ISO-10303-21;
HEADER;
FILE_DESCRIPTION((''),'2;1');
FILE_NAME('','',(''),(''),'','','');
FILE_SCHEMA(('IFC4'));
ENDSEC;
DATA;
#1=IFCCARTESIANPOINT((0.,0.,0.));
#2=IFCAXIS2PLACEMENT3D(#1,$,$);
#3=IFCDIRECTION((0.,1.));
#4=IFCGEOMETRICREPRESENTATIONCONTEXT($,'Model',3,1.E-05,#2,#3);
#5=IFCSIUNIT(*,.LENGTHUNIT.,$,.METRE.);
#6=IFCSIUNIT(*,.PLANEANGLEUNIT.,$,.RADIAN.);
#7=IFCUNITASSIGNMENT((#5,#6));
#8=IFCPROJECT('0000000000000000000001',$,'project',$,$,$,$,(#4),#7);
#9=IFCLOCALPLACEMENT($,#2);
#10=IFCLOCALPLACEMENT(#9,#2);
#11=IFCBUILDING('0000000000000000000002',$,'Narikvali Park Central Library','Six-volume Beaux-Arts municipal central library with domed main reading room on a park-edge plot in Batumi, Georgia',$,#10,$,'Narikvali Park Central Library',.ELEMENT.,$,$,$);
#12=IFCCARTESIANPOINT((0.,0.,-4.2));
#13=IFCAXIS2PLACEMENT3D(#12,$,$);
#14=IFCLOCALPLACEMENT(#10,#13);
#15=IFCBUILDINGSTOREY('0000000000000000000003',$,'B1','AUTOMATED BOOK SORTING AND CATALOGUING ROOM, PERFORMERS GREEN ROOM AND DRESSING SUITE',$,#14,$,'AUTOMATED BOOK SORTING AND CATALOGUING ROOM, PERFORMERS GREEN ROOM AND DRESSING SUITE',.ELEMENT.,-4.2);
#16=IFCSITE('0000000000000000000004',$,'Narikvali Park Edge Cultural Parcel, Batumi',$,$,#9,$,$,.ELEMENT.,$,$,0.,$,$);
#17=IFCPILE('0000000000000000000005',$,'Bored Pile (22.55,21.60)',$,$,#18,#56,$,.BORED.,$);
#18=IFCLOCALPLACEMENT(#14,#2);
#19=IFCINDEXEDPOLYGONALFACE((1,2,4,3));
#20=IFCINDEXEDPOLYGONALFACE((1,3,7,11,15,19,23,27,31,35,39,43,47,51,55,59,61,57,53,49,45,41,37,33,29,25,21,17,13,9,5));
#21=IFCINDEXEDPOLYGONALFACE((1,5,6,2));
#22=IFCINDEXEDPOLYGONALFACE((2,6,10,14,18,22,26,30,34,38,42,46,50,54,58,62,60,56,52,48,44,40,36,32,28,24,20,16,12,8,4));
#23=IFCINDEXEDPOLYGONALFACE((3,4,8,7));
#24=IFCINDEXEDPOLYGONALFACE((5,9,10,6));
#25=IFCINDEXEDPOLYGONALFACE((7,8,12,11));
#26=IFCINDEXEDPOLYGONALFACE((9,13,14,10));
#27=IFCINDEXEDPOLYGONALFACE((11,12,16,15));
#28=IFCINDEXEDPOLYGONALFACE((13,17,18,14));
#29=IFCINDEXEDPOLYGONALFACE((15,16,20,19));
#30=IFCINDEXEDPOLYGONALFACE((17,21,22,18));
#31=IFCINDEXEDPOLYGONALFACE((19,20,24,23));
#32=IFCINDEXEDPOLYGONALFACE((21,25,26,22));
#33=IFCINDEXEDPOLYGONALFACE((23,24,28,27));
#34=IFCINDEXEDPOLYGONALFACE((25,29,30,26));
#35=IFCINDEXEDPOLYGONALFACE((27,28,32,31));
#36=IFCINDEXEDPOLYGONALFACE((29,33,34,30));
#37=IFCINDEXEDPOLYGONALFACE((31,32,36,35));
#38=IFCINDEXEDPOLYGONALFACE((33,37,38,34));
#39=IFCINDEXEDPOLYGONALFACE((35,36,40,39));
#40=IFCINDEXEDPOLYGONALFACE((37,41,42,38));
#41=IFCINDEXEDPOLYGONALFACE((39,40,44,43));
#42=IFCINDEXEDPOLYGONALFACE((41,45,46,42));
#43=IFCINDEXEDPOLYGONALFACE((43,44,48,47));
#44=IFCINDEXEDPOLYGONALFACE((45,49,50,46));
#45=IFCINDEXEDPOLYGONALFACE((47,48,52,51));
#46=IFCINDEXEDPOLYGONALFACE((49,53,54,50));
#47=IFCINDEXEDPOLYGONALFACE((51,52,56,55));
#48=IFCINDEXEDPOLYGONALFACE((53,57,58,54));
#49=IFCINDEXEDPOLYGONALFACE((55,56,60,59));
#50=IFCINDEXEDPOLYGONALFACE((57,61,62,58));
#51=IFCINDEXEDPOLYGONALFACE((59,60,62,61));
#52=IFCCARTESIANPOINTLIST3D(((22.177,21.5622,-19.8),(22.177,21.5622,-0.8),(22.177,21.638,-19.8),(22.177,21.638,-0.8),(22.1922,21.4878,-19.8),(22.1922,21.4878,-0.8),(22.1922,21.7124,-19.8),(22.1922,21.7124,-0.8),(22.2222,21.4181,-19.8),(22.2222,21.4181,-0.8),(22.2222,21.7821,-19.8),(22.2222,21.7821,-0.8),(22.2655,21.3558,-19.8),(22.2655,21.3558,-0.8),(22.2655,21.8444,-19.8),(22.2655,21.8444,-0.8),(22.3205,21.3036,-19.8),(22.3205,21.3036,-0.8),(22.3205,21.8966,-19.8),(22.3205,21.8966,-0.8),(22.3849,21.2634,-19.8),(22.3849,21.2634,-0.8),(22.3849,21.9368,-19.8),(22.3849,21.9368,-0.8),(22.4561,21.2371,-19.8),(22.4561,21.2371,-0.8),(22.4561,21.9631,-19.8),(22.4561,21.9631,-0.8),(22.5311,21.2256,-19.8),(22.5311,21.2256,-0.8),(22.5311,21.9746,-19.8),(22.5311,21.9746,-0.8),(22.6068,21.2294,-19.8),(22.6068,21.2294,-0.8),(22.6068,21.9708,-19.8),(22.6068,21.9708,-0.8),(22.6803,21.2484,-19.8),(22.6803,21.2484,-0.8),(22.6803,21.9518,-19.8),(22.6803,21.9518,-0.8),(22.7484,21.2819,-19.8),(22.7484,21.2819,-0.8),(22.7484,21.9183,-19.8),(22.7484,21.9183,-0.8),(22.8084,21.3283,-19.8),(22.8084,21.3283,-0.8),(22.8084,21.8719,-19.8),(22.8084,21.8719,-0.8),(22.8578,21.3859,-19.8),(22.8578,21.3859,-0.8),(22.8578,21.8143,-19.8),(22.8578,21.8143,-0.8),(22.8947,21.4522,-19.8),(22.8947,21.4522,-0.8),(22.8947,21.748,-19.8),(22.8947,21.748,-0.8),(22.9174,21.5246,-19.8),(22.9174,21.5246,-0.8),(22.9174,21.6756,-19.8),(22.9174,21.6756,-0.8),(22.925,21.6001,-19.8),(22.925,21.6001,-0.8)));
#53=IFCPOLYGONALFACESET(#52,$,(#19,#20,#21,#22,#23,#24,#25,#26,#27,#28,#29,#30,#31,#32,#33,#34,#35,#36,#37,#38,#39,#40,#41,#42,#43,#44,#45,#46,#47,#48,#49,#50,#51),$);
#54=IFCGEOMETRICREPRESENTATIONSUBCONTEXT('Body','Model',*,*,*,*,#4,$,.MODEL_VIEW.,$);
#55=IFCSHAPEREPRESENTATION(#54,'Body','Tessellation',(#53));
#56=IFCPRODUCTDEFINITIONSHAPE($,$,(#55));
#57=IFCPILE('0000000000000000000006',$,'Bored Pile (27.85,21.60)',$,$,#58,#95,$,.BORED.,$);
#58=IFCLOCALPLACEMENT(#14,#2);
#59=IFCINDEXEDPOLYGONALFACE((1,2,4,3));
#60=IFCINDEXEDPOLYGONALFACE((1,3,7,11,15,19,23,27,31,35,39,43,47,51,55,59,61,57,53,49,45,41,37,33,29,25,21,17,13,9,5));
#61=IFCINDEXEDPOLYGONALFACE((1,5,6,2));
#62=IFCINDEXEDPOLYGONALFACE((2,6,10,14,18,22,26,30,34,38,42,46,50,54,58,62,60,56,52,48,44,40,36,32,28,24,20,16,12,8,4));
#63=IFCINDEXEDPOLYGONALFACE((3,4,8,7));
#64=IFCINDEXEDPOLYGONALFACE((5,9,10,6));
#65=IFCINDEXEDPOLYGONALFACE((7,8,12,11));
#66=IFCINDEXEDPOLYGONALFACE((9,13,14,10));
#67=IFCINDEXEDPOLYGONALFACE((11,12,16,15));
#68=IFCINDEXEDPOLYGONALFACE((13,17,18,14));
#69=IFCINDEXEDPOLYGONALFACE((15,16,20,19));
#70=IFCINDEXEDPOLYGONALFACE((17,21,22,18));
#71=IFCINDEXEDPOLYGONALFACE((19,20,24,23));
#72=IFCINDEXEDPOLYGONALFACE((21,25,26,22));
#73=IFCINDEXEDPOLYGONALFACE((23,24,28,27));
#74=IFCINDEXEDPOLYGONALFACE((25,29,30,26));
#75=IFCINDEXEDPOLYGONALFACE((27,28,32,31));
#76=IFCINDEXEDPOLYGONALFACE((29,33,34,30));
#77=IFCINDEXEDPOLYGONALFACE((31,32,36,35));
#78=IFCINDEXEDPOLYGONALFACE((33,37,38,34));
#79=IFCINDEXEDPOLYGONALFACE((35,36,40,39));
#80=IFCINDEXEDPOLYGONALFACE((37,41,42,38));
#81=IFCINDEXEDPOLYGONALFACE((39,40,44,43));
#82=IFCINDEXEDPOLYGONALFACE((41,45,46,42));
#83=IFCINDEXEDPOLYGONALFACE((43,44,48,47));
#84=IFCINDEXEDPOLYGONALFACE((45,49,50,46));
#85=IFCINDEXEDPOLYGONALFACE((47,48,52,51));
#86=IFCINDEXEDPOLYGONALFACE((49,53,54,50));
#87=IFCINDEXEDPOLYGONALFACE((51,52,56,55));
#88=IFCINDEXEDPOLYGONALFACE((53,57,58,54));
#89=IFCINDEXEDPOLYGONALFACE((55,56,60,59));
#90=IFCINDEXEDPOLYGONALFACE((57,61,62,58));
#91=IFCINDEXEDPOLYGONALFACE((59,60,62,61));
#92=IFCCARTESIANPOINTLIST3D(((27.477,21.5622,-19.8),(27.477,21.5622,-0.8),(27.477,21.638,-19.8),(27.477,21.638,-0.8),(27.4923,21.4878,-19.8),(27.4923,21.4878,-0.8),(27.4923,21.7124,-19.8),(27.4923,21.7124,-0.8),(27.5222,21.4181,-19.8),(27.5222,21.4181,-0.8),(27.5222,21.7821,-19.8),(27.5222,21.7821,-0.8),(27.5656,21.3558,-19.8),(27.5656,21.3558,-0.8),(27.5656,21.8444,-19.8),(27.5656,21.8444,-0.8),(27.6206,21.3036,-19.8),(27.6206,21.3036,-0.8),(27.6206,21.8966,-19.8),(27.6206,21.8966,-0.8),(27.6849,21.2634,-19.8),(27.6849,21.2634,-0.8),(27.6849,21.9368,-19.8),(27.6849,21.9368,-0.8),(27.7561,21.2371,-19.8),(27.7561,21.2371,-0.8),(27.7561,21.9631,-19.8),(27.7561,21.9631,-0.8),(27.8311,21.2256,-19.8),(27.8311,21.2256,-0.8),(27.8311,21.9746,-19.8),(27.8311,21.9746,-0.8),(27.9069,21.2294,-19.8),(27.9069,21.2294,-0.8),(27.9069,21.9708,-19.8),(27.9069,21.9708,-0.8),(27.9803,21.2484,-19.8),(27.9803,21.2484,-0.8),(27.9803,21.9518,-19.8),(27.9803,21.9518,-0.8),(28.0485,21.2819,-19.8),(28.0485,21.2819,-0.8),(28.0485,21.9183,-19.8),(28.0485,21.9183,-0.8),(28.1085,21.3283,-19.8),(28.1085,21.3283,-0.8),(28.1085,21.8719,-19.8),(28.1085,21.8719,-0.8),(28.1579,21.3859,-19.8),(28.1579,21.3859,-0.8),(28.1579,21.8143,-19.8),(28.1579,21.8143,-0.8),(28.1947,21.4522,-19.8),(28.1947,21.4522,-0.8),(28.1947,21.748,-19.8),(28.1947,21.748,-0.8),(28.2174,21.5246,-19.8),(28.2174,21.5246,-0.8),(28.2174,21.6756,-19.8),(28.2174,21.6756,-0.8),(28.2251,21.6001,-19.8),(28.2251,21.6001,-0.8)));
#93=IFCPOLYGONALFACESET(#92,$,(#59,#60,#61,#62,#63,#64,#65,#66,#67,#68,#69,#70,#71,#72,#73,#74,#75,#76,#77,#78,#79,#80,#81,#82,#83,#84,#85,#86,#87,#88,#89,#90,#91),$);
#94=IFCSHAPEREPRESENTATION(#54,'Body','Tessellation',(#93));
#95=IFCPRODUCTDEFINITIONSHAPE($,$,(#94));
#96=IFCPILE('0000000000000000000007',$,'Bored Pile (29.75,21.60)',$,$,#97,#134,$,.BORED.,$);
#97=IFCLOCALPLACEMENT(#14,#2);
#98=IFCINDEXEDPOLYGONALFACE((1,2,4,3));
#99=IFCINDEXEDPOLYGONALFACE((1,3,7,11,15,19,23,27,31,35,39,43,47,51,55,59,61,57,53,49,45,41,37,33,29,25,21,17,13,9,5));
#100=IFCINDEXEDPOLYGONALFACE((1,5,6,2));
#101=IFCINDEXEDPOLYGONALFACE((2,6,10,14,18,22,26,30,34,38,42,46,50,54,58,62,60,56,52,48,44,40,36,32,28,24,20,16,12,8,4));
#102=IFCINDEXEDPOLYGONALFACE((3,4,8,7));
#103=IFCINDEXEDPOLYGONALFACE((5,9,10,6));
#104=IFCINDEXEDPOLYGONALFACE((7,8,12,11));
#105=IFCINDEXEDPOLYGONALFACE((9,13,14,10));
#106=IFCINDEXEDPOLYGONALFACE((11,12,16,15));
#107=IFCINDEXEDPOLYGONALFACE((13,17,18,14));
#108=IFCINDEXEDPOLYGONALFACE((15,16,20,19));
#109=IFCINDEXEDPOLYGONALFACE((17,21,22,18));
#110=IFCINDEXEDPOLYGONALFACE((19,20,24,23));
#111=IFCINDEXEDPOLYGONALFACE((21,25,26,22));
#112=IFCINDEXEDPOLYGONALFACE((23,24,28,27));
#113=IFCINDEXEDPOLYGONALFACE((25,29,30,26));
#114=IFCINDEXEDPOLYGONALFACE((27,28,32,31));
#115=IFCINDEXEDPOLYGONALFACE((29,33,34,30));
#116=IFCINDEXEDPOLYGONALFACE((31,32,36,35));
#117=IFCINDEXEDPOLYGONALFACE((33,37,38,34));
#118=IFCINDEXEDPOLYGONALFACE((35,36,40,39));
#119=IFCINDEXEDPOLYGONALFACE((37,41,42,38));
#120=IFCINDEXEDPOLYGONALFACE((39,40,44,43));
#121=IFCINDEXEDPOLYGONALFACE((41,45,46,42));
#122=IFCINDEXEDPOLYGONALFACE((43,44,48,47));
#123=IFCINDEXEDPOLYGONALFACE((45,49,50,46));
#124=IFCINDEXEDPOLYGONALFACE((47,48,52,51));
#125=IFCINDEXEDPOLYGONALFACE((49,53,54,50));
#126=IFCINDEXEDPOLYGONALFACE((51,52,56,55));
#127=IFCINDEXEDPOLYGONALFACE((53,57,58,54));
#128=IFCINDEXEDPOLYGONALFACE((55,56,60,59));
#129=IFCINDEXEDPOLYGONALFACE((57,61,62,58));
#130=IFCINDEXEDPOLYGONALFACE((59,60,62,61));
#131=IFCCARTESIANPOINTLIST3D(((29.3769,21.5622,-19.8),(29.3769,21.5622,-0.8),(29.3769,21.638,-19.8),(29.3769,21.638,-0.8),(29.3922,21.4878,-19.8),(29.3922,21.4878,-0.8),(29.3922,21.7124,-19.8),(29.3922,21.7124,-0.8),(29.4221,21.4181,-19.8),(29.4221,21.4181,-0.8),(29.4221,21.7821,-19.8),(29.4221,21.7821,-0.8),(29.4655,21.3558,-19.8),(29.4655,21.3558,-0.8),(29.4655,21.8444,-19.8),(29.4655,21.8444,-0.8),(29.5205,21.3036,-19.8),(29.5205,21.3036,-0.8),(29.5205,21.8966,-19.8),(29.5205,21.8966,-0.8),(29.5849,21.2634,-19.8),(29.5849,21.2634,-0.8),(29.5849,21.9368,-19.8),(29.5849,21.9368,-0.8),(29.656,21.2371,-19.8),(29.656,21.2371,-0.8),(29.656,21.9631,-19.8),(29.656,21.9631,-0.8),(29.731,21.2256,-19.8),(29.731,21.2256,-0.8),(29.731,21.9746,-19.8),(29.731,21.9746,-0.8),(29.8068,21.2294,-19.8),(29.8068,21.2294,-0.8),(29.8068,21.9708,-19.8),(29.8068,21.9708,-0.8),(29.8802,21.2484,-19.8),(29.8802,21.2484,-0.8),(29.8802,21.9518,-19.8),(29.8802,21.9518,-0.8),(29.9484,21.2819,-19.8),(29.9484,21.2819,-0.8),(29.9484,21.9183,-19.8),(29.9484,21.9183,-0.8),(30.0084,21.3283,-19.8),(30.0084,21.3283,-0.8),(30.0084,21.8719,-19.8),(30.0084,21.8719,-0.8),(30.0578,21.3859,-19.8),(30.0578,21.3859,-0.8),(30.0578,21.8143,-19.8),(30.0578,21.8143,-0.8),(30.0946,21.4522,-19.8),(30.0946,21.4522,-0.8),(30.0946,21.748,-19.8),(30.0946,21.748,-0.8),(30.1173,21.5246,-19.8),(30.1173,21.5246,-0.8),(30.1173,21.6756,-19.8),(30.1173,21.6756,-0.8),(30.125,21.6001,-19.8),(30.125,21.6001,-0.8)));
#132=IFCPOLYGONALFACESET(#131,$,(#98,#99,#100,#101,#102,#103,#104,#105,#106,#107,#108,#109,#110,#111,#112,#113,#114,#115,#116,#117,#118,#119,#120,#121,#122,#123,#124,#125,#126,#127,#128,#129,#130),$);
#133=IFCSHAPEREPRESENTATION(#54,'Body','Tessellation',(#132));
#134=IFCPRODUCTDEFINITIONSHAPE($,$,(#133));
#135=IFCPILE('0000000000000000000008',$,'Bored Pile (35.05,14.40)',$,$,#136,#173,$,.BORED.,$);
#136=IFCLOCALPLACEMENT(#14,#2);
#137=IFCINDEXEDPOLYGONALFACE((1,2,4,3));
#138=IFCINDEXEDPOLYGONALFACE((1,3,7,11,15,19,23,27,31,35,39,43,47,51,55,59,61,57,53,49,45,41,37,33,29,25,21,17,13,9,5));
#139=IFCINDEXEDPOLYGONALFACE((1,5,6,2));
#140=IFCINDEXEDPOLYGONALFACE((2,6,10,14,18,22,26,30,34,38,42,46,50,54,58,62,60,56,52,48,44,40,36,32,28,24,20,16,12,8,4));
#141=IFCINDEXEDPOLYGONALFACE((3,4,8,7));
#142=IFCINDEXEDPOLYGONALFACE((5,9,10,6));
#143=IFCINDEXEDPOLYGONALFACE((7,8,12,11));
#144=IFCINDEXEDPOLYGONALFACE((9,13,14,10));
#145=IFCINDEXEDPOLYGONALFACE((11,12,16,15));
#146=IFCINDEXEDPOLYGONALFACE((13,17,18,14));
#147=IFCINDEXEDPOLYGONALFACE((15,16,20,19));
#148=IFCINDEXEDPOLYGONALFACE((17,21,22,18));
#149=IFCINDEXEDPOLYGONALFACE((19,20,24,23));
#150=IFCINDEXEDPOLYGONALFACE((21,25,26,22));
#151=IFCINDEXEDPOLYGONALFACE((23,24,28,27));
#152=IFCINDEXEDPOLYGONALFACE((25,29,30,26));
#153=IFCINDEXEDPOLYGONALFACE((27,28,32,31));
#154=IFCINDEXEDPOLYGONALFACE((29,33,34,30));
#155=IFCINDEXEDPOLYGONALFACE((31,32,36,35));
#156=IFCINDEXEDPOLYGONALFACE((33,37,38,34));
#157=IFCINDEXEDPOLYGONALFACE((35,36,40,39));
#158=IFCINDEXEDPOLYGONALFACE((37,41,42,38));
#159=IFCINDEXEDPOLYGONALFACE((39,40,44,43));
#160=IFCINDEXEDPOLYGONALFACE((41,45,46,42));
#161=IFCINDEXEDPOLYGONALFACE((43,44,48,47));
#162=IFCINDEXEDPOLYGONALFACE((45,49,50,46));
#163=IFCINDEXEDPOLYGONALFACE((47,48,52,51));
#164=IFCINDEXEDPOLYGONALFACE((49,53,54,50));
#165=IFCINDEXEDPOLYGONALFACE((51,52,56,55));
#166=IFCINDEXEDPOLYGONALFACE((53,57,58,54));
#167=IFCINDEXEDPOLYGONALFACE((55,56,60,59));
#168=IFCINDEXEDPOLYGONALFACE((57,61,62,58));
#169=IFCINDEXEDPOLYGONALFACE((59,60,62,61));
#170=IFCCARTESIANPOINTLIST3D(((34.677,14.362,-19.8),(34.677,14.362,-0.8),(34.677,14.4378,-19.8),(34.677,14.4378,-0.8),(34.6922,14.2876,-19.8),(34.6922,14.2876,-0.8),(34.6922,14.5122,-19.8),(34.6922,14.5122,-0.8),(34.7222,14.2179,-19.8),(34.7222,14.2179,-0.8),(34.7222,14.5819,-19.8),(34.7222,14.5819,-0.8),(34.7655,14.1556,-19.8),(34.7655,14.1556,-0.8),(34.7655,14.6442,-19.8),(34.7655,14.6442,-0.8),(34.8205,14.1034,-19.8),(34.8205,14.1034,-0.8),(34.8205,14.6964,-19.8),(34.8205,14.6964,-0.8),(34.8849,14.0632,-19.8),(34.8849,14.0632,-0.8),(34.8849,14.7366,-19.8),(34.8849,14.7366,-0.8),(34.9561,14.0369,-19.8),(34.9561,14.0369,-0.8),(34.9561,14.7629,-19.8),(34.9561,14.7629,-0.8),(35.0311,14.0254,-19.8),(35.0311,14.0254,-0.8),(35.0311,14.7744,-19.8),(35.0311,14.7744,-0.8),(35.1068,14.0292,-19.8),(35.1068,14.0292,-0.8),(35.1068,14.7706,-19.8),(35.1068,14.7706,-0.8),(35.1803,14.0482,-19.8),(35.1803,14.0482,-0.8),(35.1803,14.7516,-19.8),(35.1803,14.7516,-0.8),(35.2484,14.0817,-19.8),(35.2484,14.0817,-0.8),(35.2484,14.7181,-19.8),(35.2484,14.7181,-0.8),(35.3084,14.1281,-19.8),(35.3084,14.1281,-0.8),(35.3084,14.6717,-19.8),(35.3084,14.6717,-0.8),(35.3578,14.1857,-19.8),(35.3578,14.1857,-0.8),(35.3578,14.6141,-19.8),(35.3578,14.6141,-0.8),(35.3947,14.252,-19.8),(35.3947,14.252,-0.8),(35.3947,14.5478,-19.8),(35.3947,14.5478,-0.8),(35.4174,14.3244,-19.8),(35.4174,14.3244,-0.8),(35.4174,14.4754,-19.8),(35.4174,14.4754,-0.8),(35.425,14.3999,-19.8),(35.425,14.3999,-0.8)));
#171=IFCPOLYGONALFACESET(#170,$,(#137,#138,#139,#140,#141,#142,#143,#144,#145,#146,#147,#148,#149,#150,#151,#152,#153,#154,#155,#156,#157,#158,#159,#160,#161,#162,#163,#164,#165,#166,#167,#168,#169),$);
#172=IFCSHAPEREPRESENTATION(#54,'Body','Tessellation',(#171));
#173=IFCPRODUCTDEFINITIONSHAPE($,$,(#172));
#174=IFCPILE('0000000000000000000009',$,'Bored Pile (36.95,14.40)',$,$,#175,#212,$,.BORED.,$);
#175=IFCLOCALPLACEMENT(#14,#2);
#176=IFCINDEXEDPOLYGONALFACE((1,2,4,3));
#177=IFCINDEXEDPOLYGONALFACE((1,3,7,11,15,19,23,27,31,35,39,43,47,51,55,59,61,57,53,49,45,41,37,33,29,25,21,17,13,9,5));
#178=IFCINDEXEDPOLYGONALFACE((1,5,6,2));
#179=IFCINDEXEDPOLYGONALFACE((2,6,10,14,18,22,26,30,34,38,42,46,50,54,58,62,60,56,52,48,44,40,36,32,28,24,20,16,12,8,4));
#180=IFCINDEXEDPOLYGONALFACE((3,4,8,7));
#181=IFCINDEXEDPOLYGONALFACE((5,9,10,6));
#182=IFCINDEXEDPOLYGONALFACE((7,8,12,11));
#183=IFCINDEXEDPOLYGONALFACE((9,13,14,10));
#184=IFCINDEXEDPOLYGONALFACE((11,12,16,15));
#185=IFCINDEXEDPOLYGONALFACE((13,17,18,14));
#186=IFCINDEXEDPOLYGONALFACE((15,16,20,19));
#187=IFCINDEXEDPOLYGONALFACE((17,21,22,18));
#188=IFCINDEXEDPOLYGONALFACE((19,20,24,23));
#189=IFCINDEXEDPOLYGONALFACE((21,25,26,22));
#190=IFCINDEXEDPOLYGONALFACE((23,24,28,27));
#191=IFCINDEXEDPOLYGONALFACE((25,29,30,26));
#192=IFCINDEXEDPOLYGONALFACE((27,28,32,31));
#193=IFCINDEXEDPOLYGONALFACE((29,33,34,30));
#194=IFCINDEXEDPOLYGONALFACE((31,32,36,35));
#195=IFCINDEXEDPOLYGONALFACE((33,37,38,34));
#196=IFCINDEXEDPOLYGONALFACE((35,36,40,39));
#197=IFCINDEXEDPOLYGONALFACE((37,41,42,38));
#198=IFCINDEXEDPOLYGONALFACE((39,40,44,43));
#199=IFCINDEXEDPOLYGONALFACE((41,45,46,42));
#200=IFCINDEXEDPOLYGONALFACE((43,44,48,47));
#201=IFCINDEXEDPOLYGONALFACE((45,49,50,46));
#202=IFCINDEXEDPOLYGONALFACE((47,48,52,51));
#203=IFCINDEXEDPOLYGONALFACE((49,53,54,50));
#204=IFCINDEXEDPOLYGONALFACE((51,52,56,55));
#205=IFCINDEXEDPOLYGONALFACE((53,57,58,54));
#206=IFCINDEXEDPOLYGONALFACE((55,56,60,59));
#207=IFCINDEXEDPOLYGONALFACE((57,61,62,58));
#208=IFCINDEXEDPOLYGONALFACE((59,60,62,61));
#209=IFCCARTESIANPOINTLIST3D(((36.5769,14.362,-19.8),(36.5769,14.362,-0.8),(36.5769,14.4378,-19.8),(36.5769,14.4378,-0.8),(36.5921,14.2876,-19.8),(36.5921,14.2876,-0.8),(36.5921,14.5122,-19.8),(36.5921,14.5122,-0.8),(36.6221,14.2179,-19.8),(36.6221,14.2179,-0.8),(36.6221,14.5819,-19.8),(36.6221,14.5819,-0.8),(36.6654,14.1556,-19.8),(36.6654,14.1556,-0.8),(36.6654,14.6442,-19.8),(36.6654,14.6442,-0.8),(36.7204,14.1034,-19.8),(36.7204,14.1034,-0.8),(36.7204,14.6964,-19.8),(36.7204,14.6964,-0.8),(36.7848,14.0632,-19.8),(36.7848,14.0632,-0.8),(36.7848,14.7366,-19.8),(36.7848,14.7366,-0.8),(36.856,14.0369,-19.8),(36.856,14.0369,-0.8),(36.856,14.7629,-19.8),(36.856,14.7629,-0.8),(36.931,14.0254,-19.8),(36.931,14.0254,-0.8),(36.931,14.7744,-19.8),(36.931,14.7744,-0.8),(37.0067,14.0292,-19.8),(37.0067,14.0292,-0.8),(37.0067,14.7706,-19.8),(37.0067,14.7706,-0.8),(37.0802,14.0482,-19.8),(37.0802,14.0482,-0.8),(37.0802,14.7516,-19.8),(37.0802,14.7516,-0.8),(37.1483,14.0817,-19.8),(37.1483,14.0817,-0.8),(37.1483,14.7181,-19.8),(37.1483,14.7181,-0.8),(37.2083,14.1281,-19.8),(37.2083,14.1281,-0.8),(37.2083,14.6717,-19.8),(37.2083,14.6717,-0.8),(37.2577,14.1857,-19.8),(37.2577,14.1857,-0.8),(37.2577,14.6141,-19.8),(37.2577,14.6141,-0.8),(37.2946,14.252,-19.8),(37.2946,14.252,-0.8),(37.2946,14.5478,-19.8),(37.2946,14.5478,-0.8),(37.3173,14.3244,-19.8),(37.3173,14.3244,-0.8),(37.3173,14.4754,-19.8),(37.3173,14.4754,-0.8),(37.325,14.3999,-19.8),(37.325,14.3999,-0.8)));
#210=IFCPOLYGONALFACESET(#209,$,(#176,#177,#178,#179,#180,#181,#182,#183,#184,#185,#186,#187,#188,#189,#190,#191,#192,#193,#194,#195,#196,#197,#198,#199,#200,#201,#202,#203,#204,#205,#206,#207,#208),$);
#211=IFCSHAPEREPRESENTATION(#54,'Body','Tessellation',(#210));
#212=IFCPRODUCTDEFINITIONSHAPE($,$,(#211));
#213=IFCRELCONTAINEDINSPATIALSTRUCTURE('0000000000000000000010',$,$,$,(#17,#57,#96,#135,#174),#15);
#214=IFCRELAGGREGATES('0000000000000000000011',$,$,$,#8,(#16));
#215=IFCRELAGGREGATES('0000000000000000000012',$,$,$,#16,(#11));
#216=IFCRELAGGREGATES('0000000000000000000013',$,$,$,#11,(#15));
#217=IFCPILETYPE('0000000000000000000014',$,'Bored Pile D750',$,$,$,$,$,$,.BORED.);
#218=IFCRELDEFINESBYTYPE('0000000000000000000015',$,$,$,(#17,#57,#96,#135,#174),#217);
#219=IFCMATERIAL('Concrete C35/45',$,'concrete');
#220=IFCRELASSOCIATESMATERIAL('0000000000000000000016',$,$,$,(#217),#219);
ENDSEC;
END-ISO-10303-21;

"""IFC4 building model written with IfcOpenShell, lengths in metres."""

from ifc_helpers import new_model, si_unit, direction, frame, origin, origin_2d, place, context, subcontext, project, spatial, circle, extrude, material, material_profile, profile_set, type_object, element, save


model = new_model("IFC4")

# Units and contexts
model_context = context("Model", 3, precision=1e-05, world=origin(), true_north=direction((0.0, 1.0)))
body_context = subcontext(model_context, "Body", "Model", "MODEL_VIEW")
ifc_project = project(units=[si_unit("LENGTHUNIT", "METRE"), si_unit("PLANEANGLEUNIT", "RADIAN")], contexts=[model_context])

# Site, building, storey
site_placement = place(None, origin())
site = spatial("IfcSite", under=ifc_project, at=site_placement, Name="Narikvali Park Edge Cultural Parcel, Batumi", CompositionType="ELEMENT", RefElevation=0.0)
building_placement = place(site_placement, origin())
building = spatial("IfcBuilding", under=site, at=building_placement, Name="Narikvali Park Central Library", Description="Six-volume Beaux-Arts municipal central library with domed main reading room on a park-edge plot in Batumi, Georgia", LongName="Narikvali Park Central Library", CompositionType="ELEMENT")
storey_placement = place(building_placement, frame((0.0, 0.0, -4.2)))
storey = spatial("IfcBuildingStorey", under=building, at=storey_placement, Name="B1", Description="AUTOMATED BOOK SORTING AND CATALOGUING ROOM, PERFORMERS GREEN ROOM AND DRESSING SUITE", LongName="AUTOMATED BOOK SORTING AND CATALOGUING ROOM, PERFORMERS GREEN ROOM AND DRESSING SUITE", CompositionType="ELEMENT", Elevation=-4.2)

# Piles
ifc_material_1 = material(Name="Concrete C35/45", Category="concrete")
ifc_material_profile_1 = material_profile(ifc_material_1, circle(Radius=0.375, at=origin_2d()), Name="PILE D750")
ifc_profile_set_1 = profile_set([ifc_material_profile_1], Name="Concrete C35/45")
pile_type_1 = type_object("IfcPileType", Name="Bored Pile D750", PredefinedType="BORED", material=ifc_profile_set_1)
for number, where, z_axis, x_axis, name in (
    (1, (22.55, 21.6001, -0.8), (0.0, 0.0, -1.0), (1.0, 0.0, 0.0), "Bored Pile (22.55,21.60)"),
    (2, (27.8501, 21.6001, -0.8), (0.0, 0.0, -1.0), (1.0, 0.0, 0.0), "Bored Pile (27.85,21.60)"),
    (3, (29.75, 21.6001, -0.8), (0.0, 0.0, -1.0), (1.0, 0.0, 0.0), "Bored Pile (29.75,21.60)"),
    (4, (35.05, 14.3999, -0.8), (0.0, 0.0, -1.0), (1.0, 0.0, 0.0), "Bored Pile (35.05,14.40)"),
    (5, (36.95, 14.3999, -0.8), (0.0, 0.0, -1.0), (1.0, 0.0, 0.0), "Bored Pile (36.95,14.40)"),
):
    element("IfcPile", number, at=place(storey_placement, frame(where, z_axis=z_axis, x_axis=x_axis)), inside=storey, type_object=pile_type_1, Name=name, PredefinedType="BORED", context=body_context, shape_type="SweptSolid", body=[
        extrude(circle(Radius=0.375, at=origin_2d()), origin(), (0.0, 0.0, 1.0), 19.0),
    ])

save(model, "model.ifc")
